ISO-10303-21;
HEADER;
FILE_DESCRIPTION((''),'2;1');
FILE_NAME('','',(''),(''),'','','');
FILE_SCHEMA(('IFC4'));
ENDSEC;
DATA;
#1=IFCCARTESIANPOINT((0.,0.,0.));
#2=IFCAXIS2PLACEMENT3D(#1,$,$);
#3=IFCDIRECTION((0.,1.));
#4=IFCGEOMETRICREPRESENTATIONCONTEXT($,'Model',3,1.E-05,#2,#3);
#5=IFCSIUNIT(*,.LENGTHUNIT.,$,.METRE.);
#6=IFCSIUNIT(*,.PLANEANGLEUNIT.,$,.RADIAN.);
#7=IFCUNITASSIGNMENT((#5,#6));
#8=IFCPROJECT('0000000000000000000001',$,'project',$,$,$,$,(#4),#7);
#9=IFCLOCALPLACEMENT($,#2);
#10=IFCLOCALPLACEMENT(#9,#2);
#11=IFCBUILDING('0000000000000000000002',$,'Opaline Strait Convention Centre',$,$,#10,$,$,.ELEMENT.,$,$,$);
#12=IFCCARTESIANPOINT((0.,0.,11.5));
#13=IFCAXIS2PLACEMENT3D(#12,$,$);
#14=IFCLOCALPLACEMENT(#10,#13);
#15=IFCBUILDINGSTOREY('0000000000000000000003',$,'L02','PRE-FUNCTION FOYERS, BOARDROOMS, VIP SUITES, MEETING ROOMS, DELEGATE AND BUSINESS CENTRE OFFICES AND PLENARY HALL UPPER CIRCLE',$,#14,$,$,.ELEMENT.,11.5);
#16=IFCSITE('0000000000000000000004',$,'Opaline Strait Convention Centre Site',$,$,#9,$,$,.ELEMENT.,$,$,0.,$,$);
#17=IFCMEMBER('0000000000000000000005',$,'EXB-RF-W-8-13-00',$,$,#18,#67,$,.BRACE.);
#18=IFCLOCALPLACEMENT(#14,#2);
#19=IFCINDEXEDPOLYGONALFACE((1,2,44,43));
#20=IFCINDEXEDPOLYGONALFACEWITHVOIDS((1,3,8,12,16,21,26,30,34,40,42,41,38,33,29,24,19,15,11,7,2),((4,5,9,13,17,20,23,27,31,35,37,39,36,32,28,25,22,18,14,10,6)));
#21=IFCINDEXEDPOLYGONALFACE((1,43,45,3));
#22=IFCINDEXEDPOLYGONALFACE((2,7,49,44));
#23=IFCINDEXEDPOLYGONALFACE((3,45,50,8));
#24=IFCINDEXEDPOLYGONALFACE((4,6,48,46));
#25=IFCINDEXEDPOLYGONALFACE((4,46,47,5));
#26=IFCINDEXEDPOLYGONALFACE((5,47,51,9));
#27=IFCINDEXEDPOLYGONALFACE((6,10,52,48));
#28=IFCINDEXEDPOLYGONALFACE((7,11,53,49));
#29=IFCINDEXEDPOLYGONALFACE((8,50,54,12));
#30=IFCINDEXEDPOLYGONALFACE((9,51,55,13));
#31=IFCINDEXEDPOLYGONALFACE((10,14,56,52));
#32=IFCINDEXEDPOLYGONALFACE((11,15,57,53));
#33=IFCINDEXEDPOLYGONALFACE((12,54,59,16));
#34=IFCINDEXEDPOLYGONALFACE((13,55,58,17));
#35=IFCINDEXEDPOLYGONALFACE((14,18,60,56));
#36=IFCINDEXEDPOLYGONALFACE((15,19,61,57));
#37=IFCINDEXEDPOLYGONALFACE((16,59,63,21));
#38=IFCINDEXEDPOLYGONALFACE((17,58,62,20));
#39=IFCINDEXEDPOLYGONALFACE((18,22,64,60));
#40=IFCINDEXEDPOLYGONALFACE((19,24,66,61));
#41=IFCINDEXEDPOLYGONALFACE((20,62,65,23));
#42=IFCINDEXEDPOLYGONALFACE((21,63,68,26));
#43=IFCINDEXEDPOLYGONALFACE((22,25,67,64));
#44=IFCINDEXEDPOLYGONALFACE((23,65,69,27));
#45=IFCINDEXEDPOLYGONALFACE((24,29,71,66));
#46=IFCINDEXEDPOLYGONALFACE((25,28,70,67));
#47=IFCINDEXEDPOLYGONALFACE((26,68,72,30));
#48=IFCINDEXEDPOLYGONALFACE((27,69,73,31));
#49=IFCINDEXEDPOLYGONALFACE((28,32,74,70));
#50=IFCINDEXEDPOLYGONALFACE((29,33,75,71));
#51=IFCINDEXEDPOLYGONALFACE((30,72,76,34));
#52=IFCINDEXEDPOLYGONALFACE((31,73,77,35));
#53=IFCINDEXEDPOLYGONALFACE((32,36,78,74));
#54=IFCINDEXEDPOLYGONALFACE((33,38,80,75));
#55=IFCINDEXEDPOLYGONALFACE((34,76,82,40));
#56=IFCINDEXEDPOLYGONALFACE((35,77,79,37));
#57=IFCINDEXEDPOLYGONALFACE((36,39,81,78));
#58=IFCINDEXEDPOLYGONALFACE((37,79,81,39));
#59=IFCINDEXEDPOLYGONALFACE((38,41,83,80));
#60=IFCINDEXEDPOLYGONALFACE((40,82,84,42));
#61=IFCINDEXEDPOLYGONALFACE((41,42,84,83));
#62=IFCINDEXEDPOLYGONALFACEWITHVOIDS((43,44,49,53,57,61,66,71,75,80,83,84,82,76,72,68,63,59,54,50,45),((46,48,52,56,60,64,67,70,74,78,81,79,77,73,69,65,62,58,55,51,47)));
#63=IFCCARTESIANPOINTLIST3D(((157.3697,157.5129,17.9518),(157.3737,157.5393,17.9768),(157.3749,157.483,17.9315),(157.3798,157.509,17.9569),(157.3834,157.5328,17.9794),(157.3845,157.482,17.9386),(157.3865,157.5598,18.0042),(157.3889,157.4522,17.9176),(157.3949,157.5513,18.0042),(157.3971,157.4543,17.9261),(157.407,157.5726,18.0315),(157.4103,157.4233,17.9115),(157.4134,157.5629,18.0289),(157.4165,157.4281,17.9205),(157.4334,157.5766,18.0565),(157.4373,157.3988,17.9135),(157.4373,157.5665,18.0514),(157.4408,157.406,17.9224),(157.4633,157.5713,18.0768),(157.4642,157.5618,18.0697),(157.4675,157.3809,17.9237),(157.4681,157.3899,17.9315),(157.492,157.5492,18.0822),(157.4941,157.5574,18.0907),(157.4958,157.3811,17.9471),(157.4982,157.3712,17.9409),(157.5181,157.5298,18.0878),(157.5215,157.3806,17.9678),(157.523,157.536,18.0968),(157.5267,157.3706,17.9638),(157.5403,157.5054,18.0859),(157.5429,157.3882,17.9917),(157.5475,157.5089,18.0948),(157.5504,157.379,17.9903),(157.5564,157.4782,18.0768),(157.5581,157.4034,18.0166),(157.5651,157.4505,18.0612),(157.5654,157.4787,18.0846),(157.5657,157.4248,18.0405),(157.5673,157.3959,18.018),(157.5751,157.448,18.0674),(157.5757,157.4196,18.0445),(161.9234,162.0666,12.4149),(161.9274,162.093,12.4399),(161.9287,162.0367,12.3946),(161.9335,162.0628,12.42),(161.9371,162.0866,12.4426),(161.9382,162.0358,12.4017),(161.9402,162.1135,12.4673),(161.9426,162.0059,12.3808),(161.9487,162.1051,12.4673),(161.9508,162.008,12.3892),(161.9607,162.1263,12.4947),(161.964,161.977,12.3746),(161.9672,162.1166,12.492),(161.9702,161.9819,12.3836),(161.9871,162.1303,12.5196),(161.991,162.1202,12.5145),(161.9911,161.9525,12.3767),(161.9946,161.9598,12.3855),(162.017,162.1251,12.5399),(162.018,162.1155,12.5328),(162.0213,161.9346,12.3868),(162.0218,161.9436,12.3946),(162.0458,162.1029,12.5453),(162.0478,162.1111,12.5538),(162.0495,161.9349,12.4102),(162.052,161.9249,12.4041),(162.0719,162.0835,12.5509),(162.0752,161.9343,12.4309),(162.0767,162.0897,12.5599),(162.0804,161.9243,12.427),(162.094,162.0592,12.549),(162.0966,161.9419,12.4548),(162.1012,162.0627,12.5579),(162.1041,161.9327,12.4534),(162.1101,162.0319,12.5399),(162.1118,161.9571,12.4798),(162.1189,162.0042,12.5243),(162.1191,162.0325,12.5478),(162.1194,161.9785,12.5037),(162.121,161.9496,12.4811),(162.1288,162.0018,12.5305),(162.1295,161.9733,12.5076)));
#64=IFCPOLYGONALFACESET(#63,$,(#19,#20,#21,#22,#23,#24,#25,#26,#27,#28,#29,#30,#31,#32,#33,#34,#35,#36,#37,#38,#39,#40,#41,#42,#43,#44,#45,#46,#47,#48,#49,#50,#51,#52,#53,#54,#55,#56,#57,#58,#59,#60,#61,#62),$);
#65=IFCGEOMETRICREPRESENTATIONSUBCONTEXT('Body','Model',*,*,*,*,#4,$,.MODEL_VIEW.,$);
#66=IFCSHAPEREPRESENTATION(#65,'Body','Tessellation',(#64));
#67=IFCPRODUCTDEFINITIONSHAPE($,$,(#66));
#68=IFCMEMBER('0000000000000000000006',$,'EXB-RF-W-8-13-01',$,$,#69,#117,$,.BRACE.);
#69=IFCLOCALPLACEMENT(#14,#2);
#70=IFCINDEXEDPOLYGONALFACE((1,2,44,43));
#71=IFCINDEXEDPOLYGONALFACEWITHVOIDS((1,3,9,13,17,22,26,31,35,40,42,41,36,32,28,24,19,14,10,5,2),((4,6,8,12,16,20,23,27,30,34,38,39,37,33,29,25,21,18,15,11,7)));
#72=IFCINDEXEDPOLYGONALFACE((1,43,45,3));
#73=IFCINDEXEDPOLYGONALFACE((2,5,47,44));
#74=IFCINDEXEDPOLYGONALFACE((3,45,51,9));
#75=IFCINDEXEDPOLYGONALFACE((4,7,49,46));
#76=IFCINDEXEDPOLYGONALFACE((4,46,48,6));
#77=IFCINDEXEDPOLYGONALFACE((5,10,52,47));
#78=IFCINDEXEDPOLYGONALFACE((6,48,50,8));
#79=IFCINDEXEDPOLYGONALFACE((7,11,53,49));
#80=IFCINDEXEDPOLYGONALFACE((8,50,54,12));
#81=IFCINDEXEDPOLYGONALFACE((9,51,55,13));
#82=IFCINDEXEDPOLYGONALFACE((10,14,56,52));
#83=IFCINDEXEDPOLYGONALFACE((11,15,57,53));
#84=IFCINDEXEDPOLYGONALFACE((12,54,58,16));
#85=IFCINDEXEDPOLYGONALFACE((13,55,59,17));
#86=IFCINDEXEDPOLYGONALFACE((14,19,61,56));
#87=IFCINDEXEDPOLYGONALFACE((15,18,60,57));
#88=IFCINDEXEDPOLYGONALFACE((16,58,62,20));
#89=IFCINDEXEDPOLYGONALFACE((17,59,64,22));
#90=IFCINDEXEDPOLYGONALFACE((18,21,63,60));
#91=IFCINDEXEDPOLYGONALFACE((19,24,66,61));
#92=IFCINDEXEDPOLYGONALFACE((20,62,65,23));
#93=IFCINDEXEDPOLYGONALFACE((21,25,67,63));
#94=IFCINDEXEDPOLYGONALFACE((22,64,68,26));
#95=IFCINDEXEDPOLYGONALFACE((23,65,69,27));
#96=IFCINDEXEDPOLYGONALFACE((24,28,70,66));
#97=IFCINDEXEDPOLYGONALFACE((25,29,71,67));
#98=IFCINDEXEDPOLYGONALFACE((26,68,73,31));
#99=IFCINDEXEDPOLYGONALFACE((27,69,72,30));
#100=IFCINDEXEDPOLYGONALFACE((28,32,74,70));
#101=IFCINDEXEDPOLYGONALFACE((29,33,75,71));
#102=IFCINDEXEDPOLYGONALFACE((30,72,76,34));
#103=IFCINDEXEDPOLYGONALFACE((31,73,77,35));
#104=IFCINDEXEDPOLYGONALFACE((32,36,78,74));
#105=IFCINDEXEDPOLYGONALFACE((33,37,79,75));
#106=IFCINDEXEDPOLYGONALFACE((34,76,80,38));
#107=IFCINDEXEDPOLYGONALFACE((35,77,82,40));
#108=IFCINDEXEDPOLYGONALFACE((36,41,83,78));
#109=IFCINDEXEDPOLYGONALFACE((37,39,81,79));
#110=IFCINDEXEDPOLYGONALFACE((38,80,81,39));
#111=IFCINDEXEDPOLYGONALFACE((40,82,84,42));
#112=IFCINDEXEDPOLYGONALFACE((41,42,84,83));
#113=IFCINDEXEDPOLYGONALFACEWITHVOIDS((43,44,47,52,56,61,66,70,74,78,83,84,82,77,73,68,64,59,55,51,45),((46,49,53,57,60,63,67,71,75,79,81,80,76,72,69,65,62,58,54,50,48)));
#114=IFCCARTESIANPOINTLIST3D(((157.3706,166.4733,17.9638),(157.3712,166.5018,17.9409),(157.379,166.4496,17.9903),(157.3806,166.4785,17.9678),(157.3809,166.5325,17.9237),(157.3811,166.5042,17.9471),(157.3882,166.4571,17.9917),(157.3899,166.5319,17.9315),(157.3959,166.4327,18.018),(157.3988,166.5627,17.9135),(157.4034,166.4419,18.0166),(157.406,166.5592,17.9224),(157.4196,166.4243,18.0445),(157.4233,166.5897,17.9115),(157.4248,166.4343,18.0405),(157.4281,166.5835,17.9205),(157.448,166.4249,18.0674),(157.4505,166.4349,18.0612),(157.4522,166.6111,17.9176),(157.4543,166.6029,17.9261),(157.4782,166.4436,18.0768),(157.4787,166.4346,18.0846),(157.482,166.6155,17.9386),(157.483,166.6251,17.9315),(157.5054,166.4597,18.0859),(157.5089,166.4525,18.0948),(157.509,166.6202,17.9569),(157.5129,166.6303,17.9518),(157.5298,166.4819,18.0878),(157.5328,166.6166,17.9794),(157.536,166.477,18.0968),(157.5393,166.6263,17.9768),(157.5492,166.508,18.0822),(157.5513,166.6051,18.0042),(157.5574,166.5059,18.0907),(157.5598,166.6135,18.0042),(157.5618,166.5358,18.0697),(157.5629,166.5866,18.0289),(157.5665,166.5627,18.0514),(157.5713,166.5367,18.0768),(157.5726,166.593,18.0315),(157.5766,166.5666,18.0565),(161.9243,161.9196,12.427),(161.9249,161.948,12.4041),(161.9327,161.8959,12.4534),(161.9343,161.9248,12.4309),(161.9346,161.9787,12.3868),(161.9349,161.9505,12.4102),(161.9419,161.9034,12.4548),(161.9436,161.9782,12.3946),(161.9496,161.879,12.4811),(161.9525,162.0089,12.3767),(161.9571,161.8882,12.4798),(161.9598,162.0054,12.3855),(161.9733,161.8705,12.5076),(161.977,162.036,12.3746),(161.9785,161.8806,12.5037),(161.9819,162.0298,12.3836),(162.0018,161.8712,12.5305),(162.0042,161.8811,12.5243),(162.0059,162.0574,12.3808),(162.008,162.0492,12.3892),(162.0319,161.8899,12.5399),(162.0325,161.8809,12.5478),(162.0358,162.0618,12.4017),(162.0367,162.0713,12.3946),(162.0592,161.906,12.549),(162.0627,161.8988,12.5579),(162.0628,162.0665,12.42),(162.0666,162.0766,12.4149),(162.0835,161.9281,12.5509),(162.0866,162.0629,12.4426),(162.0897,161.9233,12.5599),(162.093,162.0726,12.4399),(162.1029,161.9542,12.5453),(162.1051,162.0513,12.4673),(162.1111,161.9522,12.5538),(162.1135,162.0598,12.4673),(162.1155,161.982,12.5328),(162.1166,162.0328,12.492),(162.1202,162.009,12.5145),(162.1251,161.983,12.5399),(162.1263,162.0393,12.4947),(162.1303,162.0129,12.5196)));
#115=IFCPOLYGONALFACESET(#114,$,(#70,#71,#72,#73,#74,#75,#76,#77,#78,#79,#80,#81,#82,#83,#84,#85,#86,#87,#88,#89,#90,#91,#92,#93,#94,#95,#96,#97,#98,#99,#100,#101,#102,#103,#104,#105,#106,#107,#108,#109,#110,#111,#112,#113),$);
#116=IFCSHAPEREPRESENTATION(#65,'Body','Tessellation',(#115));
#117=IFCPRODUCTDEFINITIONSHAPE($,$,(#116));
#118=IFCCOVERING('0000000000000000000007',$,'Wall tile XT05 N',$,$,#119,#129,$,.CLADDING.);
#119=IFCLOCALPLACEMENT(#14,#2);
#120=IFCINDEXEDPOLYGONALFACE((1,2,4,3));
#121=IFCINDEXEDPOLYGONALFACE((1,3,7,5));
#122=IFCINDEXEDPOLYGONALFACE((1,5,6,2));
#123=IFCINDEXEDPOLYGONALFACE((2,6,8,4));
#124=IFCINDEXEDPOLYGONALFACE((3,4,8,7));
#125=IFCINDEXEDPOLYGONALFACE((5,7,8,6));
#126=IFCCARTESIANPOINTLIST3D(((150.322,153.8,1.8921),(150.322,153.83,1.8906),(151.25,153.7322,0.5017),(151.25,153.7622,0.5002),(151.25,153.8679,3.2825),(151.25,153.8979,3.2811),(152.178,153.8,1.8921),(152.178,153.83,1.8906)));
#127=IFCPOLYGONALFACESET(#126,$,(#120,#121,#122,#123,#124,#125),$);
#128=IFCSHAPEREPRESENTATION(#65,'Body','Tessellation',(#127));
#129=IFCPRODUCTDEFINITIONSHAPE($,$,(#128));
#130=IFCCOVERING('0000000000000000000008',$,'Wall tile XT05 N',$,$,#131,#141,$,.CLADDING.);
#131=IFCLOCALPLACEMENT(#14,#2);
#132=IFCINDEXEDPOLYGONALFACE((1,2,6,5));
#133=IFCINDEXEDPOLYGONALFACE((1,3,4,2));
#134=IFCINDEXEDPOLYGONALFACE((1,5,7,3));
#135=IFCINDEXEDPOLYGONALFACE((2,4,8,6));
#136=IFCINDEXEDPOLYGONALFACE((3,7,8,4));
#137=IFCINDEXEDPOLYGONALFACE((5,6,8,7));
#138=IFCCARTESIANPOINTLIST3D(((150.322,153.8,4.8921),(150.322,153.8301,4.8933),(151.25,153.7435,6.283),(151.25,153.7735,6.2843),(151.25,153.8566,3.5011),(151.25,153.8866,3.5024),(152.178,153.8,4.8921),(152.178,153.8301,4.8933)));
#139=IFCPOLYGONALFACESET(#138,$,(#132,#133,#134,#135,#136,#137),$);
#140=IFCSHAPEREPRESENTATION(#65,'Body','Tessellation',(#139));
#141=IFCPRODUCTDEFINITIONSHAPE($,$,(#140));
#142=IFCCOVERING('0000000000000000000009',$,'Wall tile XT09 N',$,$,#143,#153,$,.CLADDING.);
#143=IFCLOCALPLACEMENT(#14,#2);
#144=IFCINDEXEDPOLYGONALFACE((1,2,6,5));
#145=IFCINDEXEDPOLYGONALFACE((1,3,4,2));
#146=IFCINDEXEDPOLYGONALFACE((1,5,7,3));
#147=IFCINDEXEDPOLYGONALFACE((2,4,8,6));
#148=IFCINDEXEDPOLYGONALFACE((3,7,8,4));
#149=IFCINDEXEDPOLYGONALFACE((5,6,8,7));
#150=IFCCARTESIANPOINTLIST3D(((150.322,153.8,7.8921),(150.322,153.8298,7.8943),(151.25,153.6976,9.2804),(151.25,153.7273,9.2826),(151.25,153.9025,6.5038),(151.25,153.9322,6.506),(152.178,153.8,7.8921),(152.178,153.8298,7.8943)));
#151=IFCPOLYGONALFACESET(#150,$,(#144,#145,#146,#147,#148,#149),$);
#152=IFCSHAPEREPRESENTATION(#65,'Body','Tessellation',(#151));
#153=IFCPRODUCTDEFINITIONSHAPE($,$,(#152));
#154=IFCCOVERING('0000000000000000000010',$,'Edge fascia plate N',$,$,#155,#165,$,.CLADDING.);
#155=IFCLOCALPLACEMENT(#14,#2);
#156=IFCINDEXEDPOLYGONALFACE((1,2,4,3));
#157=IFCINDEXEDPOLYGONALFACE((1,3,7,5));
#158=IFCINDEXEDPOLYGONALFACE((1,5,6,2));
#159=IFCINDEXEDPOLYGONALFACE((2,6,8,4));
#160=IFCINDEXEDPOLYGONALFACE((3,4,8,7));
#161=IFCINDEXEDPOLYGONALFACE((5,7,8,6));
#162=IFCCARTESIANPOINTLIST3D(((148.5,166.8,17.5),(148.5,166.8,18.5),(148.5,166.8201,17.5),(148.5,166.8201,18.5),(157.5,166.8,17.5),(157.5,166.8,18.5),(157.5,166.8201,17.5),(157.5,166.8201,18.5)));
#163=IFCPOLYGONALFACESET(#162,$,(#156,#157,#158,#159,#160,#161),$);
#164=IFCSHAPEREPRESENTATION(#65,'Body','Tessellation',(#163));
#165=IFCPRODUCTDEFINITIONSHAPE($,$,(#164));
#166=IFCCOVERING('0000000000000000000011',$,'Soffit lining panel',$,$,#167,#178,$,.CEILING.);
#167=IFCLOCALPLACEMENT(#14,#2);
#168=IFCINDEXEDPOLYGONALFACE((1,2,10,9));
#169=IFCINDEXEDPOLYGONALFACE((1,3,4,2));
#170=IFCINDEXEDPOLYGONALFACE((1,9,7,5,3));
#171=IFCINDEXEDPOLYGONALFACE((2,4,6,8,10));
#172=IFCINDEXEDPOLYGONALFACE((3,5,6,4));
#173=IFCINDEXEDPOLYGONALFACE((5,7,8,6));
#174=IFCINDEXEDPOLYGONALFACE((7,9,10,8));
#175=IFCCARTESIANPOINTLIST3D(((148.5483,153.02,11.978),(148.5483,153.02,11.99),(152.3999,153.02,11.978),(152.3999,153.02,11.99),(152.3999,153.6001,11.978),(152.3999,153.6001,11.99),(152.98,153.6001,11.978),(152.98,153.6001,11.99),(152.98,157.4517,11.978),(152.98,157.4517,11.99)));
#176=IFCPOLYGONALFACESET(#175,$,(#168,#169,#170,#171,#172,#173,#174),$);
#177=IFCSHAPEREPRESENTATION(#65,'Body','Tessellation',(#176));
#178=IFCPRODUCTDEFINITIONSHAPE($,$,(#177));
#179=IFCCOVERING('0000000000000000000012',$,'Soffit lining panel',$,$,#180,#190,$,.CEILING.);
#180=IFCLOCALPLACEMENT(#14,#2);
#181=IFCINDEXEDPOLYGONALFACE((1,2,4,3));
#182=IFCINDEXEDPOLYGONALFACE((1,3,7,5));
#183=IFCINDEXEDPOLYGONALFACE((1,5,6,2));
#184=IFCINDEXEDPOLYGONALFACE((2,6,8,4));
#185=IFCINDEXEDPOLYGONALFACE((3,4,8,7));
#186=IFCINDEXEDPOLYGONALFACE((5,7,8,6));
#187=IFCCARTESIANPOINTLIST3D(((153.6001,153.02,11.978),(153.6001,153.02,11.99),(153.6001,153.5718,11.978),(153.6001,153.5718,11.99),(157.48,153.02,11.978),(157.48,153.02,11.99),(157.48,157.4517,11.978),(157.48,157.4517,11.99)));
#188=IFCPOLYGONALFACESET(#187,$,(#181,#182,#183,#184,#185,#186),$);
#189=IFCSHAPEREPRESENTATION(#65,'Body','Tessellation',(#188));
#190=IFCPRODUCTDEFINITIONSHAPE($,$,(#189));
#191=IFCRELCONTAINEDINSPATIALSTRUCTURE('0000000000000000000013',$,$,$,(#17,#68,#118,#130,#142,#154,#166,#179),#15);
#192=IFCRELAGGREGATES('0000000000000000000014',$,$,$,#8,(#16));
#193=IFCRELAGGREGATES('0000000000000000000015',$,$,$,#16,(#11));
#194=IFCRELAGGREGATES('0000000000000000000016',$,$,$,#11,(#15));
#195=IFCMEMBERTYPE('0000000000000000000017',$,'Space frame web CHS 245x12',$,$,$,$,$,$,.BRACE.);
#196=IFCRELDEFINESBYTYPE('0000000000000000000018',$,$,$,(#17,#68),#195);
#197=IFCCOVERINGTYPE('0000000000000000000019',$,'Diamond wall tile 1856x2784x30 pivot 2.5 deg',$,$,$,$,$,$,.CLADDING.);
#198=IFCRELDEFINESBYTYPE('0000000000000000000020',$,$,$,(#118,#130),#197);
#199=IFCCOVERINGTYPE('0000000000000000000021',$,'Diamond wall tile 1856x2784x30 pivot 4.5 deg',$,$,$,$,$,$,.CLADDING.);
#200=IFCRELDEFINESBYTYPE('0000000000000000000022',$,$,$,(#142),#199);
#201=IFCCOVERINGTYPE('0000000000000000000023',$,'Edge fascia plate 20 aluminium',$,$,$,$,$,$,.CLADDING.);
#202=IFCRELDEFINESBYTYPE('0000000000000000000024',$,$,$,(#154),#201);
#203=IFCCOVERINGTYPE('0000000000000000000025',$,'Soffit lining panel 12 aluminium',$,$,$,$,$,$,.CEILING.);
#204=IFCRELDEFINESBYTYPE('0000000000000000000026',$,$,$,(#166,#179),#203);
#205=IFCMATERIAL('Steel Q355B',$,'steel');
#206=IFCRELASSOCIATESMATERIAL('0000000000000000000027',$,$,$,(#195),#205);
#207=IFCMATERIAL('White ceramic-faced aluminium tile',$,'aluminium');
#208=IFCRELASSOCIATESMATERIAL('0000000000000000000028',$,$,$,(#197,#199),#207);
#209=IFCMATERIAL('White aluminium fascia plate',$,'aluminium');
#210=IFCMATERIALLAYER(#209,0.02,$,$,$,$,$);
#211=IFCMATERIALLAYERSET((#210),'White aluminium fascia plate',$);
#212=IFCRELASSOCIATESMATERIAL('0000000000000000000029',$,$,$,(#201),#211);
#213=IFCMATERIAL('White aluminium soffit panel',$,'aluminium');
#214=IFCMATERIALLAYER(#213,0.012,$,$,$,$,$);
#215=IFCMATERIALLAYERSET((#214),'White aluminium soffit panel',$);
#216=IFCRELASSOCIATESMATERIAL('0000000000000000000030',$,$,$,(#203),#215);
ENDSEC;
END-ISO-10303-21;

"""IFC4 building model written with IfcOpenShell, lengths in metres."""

from ifc_helpers import new_model, si_unit, direction, frame, origin, origin_2d, place, context, subcontext, project, spatial, polyline, hollow_circle, outline, extrude, material, layer, layer_set, material_profile, profile_set, type_object, element, save


model = new_model("IFC4")

# Units and contexts
model_context = context("Model", 3, precision=1e-05, world=origin(), true_north=direction((0.0, 1.0)))
body_context = subcontext(model_context, "Body", "Model", "MODEL_VIEW")
ifc_project = project(units=[si_unit("LENGTHUNIT", "METRE"), si_unit("PLANEANGLEUNIT", "RADIAN")], contexts=[model_context])

# Site, building, storey
site_placement = place(None, origin())
site = spatial("IfcSite", under=ifc_project, at=site_placement, Name="Opaline Strait Convention Centre Site", CompositionType="ELEMENT", RefElevation=0.0)
building_placement = place(site_placement, origin())
building = spatial("IfcBuilding", under=site, at=building_placement, Name="Opaline Strait Convention Centre", CompositionType="ELEMENT")
storey_placement = place(building_placement, frame((0.0, 0.0, 11.5)))
storey = spatial("IfcBuildingStorey", under=building, at=storey_placement, Name="L02", Description="PRE-FUNCTION FOYERS, BOARDROOMS, VIP SUITES, MEETING ROOMS, DELEGATE AND BUSINESS CENTRE OFFICES AND PLENARY HALL UPPER CIRCLE", CompositionType="ELEMENT", Elevation=11.5)

# Shared definitions
ifc_material_1 = material(Name="Steel Q355B", Category="steel")

# Members
ifc_material_profile_1 = material_profile(ifc_material_1, hollow_circle(Radius=0.1226, WallThickness=0.012, at=origin_2d()), Name="CHS 245x12")
ifc_profile_set_1 = profile_set([ifc_material_profile_1], Name="Steel Q355B")
member_type_1 = type_object("IfcMemberType", Name="Space frame web CHS 245x12", PredefinedType="BRACE", material=ifc_profile_set_1)
for number, where, z_axis, x_axis, name in (
    (1, (157.4731, 157.4731, 18.0042), (0.536178, 0.536178, -0.65194), (-0.707107, 0.707107, 0.0), "EXB-RF-W-8-13-00"),
    (2, (157.4731, 166.5269, 18.0042), (0.536178, -0.536178, -0.65194), (0.707107, 0.707107, 0.0), "EXB-RF-W-8-13-01"),
):
    element("IfcMember", number, at=place(storey_placement, frame(where, z_axis=z_axis, x_axis=x_axis)), inside=storey, type_object=member_type_1, Name=name, PredefinedType="BRACE", context=body_context, shape_type="SweptSolid", body=[
        extrude(hollow_circle(Radius=0.1226, WallThickness=0.012, at=origin_2d()), origin(), (0.0, 0.0, 1.0), 8.4929),
    ])

# Coverings
ifc_material_2 = material(Name="White ceramic-faced aluminium tile", Category="aluminium")
ifc_material_profile_2 = material_profile(ifc_material_2, outline(polyline([(0.928, 0.0), (0.0, 1.3921), (-0.928, 0.0), (0.0, -1.3921), (0.928, 0.0)])), Name="Diamond tile 1856x2784")
ifc_profile_set_2 = profile_set([ifc_material_profile_2], Name="White ceramic-faced aluminium tile")
covering_type_1 = type_object("IfcCoveringType", Name="Diamond wall tile 1856x2784x30 pivot 2.5 deg", PredefinedType="CLADDING", material=ifc_profile_set_2)
for number, where, z_axis, x_axis, name in (
    (3, (151.25, 153.8, 1.8921), (0.0, 0.998812, -0.048723), (-1.0, 0.0, 0.0), "Wall tile XT05 N"),
    (4, (151.25, 153.8, 4.8921), (0.0, 0.999175, 0.040617), (-1.0, 0.0, 0.0), "Wall tile XT05 N"),
):
    element("IfcCovering", number, at=place(storey_placement, frame(where, z_axis=z_axis, x_axis=x_axis)), inside=storey, type_object=covering_type_1, Name=name, PredefinedType="CLADDING", context=body_context, shape_type="SweptSolid", body=[
        extrude(outline(polyline([(0.928, 0.0), (0.0, 1.3921), (-0.928, 0.0), (0.0, -1.3921), (0.928, 0.0)])), origin(), (0.0, 0.0, 1.0), 0.03),
    ])
ifc_material_profile_3 = material_profile(ifc_material_2, outline(polyline([(0.928, 0.0), (0.0, 1.3921), (-0.928, 0.0), (0.0, -1.3921), (0.928, 0.0)])), Name="Diamond tile 1856x2784")
ifc_profile_set_3 = profile_set([ifc_material_profile_3], Name="White ceramic-faced aluminium tile")
covering_type_2 = type_object("IfcCoveringType", Name="Diamond wall tile 1856x2784x30 pivot 4.5 deg", PredefinedType="CLADDING", material=ifc_profile_set_3)
covering_1_placement = place(storey_placement, frame((151.25, 153.8, 7.8921), z_axis=(0.0, 0.99729, 0.073571), x_axis=(-1.0, 0.0, 0.0)))
element("IfcCovering", 5, at=covering_1_placement, inside=storey, type_object=covering_type_2, Name="Wall tile XT09 N", PredefinedType="CLADDING", context=body_context, shape_type="SweptSolid", body=[
    extrude(outline(polyline([(0.928, 0.0), (0.0, 1.3921), (-0.928, 0.0), (0.0, -1.3921), (0.928, 0.0)])), origin(), (0.0, 0.0, 1.0), 0.0298),
])
ifc_material_3 = material(Name="White aluminium fascia plate", Category="aluminium")
ifc_layer_1 = layer(ifc_material_3, 0.02)
ifc_layer_set_1 = layer_set([ifc_layer_1], Name="White aluminium fascia plate")
covering_type_3 = type_object("IfcCoveringType", Name="Edge fascia plate 20 aluminium", PredefinedType="CLADDING", material=ifc_layer_set_1)
covering_2_placement = place(storey_placement, frame((153.0, 166.8, 18.0), z_axis=(0.0, 1.0, 0.0), x_axis=(-1.0, 0.0, 0.0)))
element("IfcCovering", 6, at=covering_2_placement, inside=storey, type_object=covering_type_3, Name="Edge fascia plate N", PredefinedType="CLADDING", context=body_context, shape_type="SweptSolid", body=[
    extrude(outline(polyline([(-4.5, 0.5), (4.5, 0.5), (4.5, -0.5), (-4.5, -0.5), (-4.5, 0.5)])), origin(), (0.0, 0.0, 1.0), 0.02),
])
ifc_material_4 = material(Name="White aluminium soffit panel", Category="aluminium")
ifc_layer_2 = layer(ifc_material_4, 0.012)
ifc_layer_set_2 = layer_set([ifc_layer_2], Name="White aluminium soffit panel")
covering_type_4 = type_object("IfcCoveringType", Name="Soffit lining panel 12 aluminium", PredefinedType="CEILING", material=ifc_layer_set_2)
covering_3_placement = place(storey_placement, frame((152.3999, 153.6001, 11.99), z_axis=(0.0, 0.0, 1.0), x_axis=(0.0, -1.0, 0.0)))
element("IfcCovering", 7, at=covering_3_placement, inside=storey, type_object=covering_type_4, Name="Soffit lining panel", PredefinedType="CEILING", context=body_context, shape_type="SweptSolid", body=[
    extrude(outline(polyline([(0.0, 0.0), (0.5801, 0.0), (0.5801, -3.8516), (-3.8516, 0.5801), (0.0, 0.5801), (0.0, 0.0)])), origin(), (0.0, 0.0, -1.0), 0.012),
])
covering_4_placement = place(storey_placement, frame((157.48, 153.02, 11.99), z_axis=(0.0, 0.0, 1.0), x_axis=(-1.0, 0.0, 0.0)))
element("IfcCovering", 8, at=covering_4_placement, inside=storey, type_object=covering_type_4, Name="Soffit lining panel", PredefinedType="CEILING", context=body_context, shape_type="SweptSolid", body=[
    extrude(outline(polyline([(0.0, 0.0), (3.8799, 0.0), (3.8799, -0.5518), (0.0, -4.4316), (0.0, 0.0)])), origin(), (0.0, 0.0, -1.0), 0.012),
])

save(model, "model.ifc")
